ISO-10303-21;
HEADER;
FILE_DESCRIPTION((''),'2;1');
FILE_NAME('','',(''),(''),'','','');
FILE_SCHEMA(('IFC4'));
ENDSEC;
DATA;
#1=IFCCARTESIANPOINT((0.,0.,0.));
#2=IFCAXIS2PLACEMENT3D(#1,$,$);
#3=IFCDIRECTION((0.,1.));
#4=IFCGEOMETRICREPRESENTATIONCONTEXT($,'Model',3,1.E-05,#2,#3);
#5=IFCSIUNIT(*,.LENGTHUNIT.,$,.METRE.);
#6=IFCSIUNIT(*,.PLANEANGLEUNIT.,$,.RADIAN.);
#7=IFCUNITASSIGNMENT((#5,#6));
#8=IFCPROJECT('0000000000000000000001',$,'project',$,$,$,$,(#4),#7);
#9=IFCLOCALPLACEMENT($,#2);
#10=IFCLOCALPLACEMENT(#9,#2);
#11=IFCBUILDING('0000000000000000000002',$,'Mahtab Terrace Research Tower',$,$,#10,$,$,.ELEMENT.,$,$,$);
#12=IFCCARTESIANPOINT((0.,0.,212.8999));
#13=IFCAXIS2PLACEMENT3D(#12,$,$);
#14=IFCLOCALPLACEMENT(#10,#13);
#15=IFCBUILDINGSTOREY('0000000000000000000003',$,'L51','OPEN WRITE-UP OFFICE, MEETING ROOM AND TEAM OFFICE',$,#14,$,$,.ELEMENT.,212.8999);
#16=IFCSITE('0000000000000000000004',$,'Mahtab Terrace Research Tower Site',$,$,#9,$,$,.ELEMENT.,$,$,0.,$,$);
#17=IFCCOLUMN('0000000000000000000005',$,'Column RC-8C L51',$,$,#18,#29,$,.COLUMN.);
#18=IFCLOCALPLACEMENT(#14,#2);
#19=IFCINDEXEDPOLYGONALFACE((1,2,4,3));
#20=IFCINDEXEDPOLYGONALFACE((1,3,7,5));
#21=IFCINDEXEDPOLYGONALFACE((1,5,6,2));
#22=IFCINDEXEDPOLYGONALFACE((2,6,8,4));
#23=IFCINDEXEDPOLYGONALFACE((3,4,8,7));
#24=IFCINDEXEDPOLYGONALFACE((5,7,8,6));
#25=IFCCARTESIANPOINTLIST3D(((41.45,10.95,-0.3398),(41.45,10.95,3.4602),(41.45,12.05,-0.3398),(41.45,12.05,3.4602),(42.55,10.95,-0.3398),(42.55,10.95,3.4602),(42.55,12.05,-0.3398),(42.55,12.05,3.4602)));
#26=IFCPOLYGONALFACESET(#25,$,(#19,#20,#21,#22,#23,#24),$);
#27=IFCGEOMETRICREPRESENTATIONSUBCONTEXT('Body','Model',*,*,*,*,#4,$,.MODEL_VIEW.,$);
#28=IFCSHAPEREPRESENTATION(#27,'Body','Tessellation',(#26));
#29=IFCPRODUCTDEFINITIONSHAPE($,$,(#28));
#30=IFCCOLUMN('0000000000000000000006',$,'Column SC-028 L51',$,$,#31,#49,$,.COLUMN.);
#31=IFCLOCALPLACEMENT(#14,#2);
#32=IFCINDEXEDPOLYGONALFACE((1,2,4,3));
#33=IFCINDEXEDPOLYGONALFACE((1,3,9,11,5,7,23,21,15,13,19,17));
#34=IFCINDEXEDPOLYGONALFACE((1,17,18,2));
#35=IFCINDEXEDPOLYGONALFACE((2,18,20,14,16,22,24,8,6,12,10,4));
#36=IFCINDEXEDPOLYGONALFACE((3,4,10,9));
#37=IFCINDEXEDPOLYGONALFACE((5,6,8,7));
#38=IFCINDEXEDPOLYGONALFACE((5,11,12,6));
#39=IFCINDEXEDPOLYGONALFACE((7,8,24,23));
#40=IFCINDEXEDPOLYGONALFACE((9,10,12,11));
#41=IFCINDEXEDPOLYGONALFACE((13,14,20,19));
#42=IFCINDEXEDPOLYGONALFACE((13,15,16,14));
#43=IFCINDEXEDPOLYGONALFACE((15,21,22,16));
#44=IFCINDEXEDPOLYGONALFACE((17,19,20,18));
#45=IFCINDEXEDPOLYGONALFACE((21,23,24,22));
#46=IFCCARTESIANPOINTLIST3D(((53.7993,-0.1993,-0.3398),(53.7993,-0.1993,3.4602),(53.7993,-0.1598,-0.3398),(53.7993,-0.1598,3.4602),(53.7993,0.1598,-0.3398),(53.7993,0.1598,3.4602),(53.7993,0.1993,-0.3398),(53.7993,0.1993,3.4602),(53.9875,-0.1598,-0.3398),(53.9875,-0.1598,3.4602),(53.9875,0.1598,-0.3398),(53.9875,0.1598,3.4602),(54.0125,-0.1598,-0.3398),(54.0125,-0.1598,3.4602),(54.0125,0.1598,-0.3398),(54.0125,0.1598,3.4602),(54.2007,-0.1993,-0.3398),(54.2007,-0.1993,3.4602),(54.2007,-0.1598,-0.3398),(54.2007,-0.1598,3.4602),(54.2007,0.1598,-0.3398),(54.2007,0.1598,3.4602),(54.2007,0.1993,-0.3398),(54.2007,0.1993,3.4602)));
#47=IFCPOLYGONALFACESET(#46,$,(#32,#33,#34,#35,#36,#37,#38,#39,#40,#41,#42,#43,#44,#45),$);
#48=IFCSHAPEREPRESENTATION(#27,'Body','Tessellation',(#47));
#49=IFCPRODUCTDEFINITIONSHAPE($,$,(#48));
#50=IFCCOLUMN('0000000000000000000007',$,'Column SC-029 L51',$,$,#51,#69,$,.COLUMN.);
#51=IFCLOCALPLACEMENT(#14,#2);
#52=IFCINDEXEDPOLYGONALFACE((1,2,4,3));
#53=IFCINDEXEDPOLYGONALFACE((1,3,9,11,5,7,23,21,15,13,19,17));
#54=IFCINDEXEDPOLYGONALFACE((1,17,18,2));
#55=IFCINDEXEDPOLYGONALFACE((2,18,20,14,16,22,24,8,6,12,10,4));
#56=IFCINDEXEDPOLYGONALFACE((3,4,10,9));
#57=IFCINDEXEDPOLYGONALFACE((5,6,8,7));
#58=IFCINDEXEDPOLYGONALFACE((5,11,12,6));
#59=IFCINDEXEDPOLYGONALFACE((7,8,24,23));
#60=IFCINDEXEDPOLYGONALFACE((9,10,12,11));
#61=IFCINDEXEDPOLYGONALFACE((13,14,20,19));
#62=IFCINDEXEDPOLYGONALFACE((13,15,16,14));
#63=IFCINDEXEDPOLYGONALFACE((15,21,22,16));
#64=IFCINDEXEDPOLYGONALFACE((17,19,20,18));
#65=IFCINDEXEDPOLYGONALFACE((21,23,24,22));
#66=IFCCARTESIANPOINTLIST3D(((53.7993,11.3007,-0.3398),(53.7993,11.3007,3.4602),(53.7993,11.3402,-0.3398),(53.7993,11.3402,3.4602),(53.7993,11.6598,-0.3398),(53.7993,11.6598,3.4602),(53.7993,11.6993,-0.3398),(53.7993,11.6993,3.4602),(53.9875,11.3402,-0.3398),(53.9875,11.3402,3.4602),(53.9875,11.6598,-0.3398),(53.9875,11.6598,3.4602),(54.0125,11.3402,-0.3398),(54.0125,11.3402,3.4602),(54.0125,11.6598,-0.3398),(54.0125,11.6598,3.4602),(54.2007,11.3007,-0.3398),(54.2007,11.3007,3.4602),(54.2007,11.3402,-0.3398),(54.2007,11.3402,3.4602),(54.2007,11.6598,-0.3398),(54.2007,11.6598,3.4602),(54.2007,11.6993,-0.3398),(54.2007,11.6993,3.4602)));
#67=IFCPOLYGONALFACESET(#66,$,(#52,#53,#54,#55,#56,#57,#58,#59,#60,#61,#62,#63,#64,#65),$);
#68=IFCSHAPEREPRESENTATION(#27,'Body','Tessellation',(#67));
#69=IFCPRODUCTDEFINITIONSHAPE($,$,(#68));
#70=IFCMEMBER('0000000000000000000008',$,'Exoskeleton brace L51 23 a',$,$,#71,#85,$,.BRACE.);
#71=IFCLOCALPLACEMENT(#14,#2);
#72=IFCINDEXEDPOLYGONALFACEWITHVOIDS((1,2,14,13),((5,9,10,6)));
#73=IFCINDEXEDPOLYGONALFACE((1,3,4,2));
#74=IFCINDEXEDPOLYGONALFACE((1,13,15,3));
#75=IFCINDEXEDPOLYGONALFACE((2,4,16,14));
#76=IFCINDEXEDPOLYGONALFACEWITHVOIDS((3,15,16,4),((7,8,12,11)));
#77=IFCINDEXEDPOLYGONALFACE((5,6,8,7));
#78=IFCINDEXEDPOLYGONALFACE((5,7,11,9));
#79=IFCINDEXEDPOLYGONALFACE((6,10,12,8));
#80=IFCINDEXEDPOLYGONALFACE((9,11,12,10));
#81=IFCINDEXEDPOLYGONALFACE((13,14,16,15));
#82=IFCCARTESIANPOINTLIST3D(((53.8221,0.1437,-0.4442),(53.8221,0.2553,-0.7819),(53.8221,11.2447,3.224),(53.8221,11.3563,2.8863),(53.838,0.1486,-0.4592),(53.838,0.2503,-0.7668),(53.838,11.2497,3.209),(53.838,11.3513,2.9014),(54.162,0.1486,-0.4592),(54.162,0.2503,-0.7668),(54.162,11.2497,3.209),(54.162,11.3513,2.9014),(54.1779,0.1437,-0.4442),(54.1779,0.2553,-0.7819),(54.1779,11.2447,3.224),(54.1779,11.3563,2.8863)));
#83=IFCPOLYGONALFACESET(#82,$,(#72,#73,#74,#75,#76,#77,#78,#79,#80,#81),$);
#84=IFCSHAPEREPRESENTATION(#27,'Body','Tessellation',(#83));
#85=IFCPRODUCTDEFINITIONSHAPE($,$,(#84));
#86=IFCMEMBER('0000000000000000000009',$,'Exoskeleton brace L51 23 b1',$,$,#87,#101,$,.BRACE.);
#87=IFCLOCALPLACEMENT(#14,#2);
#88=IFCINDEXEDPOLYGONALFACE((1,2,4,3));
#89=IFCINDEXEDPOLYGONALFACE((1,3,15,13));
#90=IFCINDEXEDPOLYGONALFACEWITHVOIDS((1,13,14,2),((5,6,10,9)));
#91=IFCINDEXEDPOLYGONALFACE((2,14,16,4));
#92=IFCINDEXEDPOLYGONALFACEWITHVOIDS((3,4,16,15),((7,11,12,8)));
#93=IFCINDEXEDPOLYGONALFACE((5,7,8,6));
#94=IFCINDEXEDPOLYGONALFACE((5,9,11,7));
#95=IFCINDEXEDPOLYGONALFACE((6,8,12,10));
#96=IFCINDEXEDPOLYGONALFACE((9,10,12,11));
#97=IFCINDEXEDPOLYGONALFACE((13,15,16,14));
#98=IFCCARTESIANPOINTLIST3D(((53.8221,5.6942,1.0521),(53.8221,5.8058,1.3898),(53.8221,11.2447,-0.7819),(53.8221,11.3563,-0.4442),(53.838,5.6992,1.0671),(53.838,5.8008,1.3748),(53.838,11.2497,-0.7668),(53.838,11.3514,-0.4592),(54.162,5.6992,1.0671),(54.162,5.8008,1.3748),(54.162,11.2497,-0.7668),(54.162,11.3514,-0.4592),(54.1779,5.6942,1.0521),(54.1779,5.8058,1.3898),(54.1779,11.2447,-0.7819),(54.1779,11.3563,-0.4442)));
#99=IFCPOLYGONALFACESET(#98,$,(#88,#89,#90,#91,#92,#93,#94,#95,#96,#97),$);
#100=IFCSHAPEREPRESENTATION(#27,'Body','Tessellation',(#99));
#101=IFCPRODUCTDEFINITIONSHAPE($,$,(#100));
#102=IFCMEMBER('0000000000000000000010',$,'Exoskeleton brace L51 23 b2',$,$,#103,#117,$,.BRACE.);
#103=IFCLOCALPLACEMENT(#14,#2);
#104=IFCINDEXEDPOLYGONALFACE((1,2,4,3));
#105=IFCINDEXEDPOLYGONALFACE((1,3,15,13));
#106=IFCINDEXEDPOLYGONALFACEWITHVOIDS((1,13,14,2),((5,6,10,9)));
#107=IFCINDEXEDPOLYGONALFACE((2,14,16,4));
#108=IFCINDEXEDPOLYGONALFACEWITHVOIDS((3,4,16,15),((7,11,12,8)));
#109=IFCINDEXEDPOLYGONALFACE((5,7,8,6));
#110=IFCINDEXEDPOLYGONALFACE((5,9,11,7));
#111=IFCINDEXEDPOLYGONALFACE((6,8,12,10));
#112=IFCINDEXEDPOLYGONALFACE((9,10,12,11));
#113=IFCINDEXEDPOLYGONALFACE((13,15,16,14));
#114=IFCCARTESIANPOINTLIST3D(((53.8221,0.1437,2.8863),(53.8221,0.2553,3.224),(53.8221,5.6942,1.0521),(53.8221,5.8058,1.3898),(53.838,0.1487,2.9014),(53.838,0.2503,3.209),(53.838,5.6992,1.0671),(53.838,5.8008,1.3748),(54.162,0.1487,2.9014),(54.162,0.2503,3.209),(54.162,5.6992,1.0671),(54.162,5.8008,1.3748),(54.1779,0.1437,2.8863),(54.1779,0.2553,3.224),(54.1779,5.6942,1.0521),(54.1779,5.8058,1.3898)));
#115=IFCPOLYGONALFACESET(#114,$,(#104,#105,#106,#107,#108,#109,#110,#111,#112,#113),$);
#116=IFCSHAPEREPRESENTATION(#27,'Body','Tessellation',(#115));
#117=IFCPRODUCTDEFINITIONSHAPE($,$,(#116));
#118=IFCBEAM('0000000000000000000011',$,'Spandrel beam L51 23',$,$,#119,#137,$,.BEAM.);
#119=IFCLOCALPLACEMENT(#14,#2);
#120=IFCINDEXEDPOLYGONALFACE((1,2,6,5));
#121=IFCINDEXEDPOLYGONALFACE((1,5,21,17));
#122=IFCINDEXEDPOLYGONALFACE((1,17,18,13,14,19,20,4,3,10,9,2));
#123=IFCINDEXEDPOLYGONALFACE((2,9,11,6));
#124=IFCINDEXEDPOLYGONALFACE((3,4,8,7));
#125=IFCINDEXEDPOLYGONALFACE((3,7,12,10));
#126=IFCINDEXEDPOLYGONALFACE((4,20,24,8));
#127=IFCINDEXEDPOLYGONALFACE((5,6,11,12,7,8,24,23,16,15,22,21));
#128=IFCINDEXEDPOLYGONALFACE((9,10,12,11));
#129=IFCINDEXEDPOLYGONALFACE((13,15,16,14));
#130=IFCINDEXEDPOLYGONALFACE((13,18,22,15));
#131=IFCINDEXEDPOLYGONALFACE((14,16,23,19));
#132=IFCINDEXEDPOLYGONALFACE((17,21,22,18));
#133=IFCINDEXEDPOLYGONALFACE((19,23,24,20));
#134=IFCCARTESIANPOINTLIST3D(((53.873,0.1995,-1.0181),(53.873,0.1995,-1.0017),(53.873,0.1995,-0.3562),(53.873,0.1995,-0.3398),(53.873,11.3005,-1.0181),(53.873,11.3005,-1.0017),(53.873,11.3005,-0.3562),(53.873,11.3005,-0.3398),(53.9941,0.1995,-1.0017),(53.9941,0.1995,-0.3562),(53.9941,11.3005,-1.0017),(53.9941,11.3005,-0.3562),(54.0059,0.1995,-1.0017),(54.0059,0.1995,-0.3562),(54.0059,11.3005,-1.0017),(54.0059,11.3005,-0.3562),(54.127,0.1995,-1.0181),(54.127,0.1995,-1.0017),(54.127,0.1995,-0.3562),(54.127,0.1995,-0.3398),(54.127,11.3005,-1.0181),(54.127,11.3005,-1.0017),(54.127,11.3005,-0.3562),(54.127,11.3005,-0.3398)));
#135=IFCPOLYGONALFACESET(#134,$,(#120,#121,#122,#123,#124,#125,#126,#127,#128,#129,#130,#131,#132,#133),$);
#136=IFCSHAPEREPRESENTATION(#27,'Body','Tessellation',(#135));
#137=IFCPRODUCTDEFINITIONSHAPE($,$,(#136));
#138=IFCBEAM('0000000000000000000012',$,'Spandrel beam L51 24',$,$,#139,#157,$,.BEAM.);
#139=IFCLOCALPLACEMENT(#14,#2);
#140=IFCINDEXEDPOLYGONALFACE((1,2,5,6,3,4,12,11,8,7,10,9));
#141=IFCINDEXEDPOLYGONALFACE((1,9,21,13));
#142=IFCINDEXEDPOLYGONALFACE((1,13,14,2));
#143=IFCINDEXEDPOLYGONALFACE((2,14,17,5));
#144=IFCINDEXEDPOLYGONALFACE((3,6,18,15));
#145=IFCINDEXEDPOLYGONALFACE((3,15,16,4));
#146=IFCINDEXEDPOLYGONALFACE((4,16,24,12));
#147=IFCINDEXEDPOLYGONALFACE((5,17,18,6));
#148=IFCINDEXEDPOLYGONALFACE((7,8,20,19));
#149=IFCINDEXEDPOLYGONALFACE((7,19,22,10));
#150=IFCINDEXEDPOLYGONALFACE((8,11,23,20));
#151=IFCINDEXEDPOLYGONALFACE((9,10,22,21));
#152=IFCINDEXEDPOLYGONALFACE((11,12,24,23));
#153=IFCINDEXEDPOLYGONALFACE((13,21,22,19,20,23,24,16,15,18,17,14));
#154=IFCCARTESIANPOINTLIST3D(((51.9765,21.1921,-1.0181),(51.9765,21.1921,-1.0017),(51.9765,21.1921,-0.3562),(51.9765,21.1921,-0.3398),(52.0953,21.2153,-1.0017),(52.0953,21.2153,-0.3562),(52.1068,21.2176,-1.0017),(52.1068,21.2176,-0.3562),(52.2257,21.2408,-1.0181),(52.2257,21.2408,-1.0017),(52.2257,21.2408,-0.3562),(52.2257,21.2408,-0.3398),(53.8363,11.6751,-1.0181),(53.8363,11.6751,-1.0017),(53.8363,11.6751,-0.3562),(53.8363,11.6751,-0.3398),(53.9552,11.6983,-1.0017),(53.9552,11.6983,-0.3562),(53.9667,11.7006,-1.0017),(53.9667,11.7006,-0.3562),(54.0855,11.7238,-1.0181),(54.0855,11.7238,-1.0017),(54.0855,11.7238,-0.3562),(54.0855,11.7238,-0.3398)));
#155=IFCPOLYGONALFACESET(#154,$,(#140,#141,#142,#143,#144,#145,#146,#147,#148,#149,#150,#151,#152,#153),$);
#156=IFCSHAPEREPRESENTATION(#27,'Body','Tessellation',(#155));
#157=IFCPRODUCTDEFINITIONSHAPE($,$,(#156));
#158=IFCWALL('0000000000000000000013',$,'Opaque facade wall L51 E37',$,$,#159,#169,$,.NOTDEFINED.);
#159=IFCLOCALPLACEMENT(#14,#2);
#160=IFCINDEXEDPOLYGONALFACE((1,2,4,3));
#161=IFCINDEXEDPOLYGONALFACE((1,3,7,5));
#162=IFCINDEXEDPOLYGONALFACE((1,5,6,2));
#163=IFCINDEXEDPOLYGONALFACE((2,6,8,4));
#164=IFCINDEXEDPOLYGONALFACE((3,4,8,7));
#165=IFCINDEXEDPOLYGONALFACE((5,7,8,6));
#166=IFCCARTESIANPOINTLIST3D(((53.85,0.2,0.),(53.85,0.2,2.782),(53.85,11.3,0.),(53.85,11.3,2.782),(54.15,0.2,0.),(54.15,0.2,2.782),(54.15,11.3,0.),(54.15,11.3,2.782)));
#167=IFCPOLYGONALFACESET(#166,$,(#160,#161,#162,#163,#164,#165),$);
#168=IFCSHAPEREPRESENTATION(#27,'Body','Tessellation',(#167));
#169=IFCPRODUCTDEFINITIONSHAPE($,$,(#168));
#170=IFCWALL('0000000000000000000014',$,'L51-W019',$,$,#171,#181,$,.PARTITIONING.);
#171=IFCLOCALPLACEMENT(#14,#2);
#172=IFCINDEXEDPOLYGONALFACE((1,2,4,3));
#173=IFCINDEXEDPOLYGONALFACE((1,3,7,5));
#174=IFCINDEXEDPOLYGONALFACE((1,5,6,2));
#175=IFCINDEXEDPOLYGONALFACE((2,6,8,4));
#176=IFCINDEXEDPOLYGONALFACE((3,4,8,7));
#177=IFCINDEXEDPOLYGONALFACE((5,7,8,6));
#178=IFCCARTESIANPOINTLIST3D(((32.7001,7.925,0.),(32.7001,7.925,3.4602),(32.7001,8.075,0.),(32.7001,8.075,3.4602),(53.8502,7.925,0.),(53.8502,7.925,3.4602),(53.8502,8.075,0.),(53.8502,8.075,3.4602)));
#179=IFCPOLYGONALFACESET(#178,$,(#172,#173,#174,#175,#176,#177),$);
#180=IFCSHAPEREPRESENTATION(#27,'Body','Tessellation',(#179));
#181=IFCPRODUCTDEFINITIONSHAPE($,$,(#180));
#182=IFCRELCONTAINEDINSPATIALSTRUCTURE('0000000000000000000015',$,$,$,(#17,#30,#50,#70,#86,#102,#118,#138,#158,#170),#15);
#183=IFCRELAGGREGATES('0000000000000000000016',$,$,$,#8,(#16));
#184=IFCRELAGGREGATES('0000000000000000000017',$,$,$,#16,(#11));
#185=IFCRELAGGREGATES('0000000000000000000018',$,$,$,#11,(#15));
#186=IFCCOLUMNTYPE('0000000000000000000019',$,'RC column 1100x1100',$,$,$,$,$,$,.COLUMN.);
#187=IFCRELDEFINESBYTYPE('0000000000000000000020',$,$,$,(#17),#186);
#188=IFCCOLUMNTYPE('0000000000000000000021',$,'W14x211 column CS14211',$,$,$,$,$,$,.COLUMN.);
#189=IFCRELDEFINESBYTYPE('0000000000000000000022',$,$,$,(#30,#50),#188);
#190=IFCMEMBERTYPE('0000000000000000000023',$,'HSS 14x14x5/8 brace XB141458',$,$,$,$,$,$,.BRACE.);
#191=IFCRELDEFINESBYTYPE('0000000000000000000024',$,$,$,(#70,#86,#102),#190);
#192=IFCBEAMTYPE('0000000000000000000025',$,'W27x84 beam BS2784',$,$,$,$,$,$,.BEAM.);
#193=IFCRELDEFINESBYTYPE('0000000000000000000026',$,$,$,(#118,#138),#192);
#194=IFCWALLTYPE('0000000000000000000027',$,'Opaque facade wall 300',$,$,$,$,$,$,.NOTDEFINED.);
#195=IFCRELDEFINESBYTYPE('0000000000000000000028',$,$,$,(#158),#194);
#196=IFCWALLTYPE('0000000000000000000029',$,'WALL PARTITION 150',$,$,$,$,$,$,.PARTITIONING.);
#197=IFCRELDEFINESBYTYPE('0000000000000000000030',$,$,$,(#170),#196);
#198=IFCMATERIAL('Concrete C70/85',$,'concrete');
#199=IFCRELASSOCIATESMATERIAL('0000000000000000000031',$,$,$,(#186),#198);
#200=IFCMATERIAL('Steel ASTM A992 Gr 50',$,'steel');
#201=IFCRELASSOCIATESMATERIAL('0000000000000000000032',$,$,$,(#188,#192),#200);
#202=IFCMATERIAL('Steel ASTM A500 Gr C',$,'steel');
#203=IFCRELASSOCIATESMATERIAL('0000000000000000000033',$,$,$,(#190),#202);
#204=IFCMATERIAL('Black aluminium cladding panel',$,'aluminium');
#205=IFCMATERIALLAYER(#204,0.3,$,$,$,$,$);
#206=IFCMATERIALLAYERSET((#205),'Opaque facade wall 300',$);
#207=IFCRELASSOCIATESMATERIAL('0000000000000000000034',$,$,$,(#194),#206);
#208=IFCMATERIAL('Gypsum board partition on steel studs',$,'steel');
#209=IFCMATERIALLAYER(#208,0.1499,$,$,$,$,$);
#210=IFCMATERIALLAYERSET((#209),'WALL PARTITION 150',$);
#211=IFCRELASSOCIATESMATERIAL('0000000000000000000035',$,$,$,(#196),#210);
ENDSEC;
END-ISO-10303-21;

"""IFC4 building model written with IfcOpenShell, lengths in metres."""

from ifc_helpers import new_model, si_unit, direction, frame, frame_2d, origin, origin_2d, place, context, subcontext, project, spatial, rectangle, hollow_rectangle, i_section, extrude, material, layer, layer_set, material_profile, profile_set, type_object, element, save


model = new_model("IFC4")

# Units and contexts
model_context = context("Model", 3, precision=1e-05, world=origin(), true_north=direction((0.0, 1.0)))
body_context = subcontext(model_context, "Body", "Model", "MODEL_VIEW")
ifc_project = project(units=[si_unit("LENGTHUNIT", "METRE"), si_unit("PLANEANGLEUNIT", "RADIAN")], contexts=[model_context])

# Site, building, storey
site_placement = place(None, origin())
site = spatial("IfcSite", under=ifc_project, at=site_placement, Name="Mahtab Terrace Research Tower Site", CompositionType="ELEMENT", RefElevation=0.0)
building_placement = place(site_placement, origin())
building = spatial("IfcBuilding", under=site, at=building_placement, Name="Mahtab Terrace Research Tower", CompositionType="ELEMENT")
storey_placement = place(building_placement, frame((0.0, 0.0, 212.8999)))
storey = spatial("IfcBuildingStorey", under=building, at=storey_placement, Name="L51", Description="OPEN WRITE-UP OFFICE, MEETING ROOM AND TEAM OFFICE", CompositionType="ELEMENT", Elevation=212.8999)

# Columns
ifc_material_1 = material(Name="Concrete C70/85", Category="concrete")
ifc_material_profile_1 = material_profile(ifc_material_1, rectangle(XDim=1.1001, YDim=1.1001, at=origin_2d()), Name="RC column 1100x1100")
ifc_profile_set_1 = profile_set([ifc_material_profile_1], Name="Concrete C70/85")
column_type_1 = type_object("IfcColumnType", Name="RC column 1100x1100", PredefinedType="COLUMN", material=ifc_profile_set_1)
column_placement = place(storey_placement, frame((42.0, 11.5, -0.3398), z_axis=(0.0, 0.0, 1.0), x_axis=(1.0, 0.0, 0.0)))
element("IfcColumn", 1, at=column_placement, inside=storey, type_object=column_type_1, Name="Column RC-8C L51", PredefinedType="COLUMN", context=body_context, shape_type="SweptSolid", body=[
    extrude(rectangle(XDim=1.1001, YDim=1.1001, at=origin_2d()), origin(), (0.0, 0.0, 1.0), 3.8),
])
ifc_material_2 = material(Name="Steel ASTM A992 Gr 50", Category="steel")
ifc_material_profile_2 = material_profile(ifc_material_2, i_section(OverallWidth=0.4014, OverallDepth=0.3987, WebThickness=0.0249, FlangeThickness=0.0396, at=origin_2d()), Name="W14X211")
ifc_profile_set_2 = profile_set([ifc_material_profile_2], Name="Steel ASTM A992 Gr 50")
column_type_2 = type_object("IfcColumnType", Name="W14x211 column CS14211", PredefinedType="COLUMN", material=ifc_profile_set_2)
for number, where, z_axis, x_axis, name in (
    (2, (54.0, 0.0, -0.3398), (0.0, 0.0, 1.0), (1.0, 0.0, 0.0), "Column SC-028 L51"),
    (3, (54.0, 11.5, -0.3398), (0.0, 0.0, 1.0), (1.0, 0.0, 0.0), "Column SC-029 L51"),
):
    element("IfcColumn", number, at=place(storey_placement, frame(where, z_axis=z_axis, x_axis=x_axis)), inside=storey, type_object=column_type_2, Name=name, PredefinedType="COLUMN", context=body_context, shape_type="SweptSolid", body=[
        extrude(i_section(OverallWidth=0.4014, OverallDepth=0.3987, WebThickness=0.0249, FlangeThickness=0.0396, at=origin_2d()), origin(), (0.0, 0.0, 1.0), 3.8),
    ])

# Members
ifc_material_3 = material(Name="Steel ASTM A500 Gr C", Category="steel")
ifc_material_profile_3 = material_profile(ifc_material_3, hollow_rectangle(XDim=0.3557, YDim=0.3557, WallThickness=0.0159, at=origin_2d()), Name="HSS14X14X5/8")
ifc_profile_set_3 = profile_set([ifc_material_profile_3], Name="Steel ASTM A500 Gr C")
member_type = type_object("IfcMemberType", Name="HSS 14x14x5/8 brace XB141458", PredefinedType="BRACE", material=ifc_profile_set_3)
member_placement = place(storey_placement, frame((54.0, 0.1995, -0.613), z_axis=(0.0, 0.949505, 0.313752), x_axis=(-1.0, 0.0, 0.0)))
element("IfcMember", 4, at=member_placement, inside=storey, type_object=member_type, Name="Exoskeleton brace L51 23 a", PredefinedType="BRACE", context=body_context, shape_type="SweptSolid", body=[
    extrude(hollow_rectangle(XDim=0.3557, YDim=0.3557, WallThickness=0.0159, at=origin_2d()), origin(), (0.0, 0.0, 1.0), 11.6914),
])
for number, where, z_axis, x_axis, name in (
    (5, (54.0, 11.3005, -0.613), (0.0, -0.949511, 0.313733), (1.0, 0.0, 0.0), "Exoskeleton brace L51 23 b1"),
    (6, (54.0, 5.75, 1.2209), (0.0, -0.949499, 0.313771), (1.0, 0.0, 0.0), "Exoskeleton brace L51 23 b2"),
):
    element("IfcMember", number, at=place(storey_placement, frame(where, z_axis=z_axis, x_axis=x_axis)), inside=storey, type_object=member_type, Name=name, PredefinedType="BRACE", context=body_context, shape_type="SweptSolid", body=[
        extrude(hollow_rectangle(XDim=0.3557, YDim=0.3557, WallThickness=0.0159, at=origin_2d()), origin(), (0.0, 0.0, 1.0), 5.8457),
    ])

# Beams
ifc_material_profile_4 = material_profile(ifc_material_2, i_section(OverallWidth=0.2539, OverallDepth=0.6782, WebThickness=0.0117, FlangeThickness=0.0164, at=origin_2d()), Name="W27X84")
ifc_profile_set_4 = profile_set([ifc_material_profile_4], Name="Steel ASTM A992 Gr 50")
beam_type = type_object("IfcBeamType", Name="W27x84 beam BS2784", PredefinedType="BEAM", material=ifc_profile_set_4)
beam_1_placement = place(storey_placement, frame((54.0, 0.1995, -0.679), z_axis=(0.0, 1.0, 0.0), x_axis=(-1.0, 0.0, 0.0)))
element("IfcBeam", 7, at=beam_1_placement, inside=storey, type_object=beam_type, Name="Spandrel beam L51 23", PredefinedType="BEAM", context=body_context, shape_type="SweptSolid", body=[
    extrude(i_section(OverallWidth=0.2539, OverallDepth=0.6782, WebThickness=0.0117, FlangeThickness=0.0164, at=origin_2d()), origin(), (0.0, 0.0, 1.0), 11.1011),
])
beam_2_placement = place(storey_placement, frame((53.9609, 11.6995, -0.679), z_axis=(-0.191795, 0.981435, 0.0), x_axis=(-0.981435, -0.191795, 0.0)))
element("IfcBeam", 8, at=beam_2_placement, inside=storey, type_object=beam_type, Name="Spandrel beam L51 24", PredefinedType="BEAM", context=body_context, shape_type="SweptSolid", body=[
    extrude(i_section(OverallWidth=0.2539, OverallDepth=0.6782, WebThickness=0.0117, FlangeThickness=0.0164, at=origin_2d()), origin(), (0.0, 0.0, 1.0), 9.697),
])

# Walls
ifc_material_4 = material(Name="Black aluminium cladding panel", Category="aluminium")
ifc_layer_1 = layer(ifc_material_4, 0.3)
ifc_layer_set_1 = layer_set([ifc_layer_1], Name="Opaque facade wall 300")
wall_type_1 = type_object("IfcWallType", Name="Opaque facade wall 300", PredefinedType="NOTDEFINED", material=ifc_layer_set_1)
wall_1_placement = place(storey_placement, frame((54.0, 0.2, 0.0), z_axis=(0.0, 0.0, 1.0), x_axis=(0.0, 1.0, 0.0)))
element("IfcWall", 9, at=wall_1_placement, inside=storey, type_object=wall_type_1, Name="Opaque facade wall L51 E37", PredefinedType="NOTDEFINED", context=body_context, shape_type="SweptSolid", body=[
    extrude(rectangle(XDim=11.1001, YDim=0.3, at=frame_2d((5.55, 0.0))), origin(), (0.0, 0.0, 1.0), 2.782),
])
ifc_material_5 = material(Name="Gypsum board partition on steel studs", Category="steel")
ifc_layer_2 = layer(ifc_material_5, 0.1499)
ifc_layer_set_2 = layer_set([ifc_layer_2], Name="WALL PARTITION 150")
wall_type_2 = type_object("IfcWallType", Name="WALL PARTITION 150", PredefinedType="PARTITIONING", material=ifc_layer_set_2)
wall_2_placement = place(storey_placement, frame((32.7, 8.0, 0.0), z_axis=(0.0, 0.0, 1.0), x_axis=(1.0, 0.0, 0.0)))
element("IfcWall", 10, at=wall_2_placement, inside=storey, type_object=wall_type_2, Name="L51-W019", PredefinedType="PARTITIONING", context=body_context, shape_type="SweptSolid", body=[
    extrude(rectangle(XDim=21.1501, YDim=0.1499, at=frame_2d((10.5752, 0.0))), origin(), (0.0, 0.0, 1.0), 3.4602),
])

save(model, "model.ifc")
